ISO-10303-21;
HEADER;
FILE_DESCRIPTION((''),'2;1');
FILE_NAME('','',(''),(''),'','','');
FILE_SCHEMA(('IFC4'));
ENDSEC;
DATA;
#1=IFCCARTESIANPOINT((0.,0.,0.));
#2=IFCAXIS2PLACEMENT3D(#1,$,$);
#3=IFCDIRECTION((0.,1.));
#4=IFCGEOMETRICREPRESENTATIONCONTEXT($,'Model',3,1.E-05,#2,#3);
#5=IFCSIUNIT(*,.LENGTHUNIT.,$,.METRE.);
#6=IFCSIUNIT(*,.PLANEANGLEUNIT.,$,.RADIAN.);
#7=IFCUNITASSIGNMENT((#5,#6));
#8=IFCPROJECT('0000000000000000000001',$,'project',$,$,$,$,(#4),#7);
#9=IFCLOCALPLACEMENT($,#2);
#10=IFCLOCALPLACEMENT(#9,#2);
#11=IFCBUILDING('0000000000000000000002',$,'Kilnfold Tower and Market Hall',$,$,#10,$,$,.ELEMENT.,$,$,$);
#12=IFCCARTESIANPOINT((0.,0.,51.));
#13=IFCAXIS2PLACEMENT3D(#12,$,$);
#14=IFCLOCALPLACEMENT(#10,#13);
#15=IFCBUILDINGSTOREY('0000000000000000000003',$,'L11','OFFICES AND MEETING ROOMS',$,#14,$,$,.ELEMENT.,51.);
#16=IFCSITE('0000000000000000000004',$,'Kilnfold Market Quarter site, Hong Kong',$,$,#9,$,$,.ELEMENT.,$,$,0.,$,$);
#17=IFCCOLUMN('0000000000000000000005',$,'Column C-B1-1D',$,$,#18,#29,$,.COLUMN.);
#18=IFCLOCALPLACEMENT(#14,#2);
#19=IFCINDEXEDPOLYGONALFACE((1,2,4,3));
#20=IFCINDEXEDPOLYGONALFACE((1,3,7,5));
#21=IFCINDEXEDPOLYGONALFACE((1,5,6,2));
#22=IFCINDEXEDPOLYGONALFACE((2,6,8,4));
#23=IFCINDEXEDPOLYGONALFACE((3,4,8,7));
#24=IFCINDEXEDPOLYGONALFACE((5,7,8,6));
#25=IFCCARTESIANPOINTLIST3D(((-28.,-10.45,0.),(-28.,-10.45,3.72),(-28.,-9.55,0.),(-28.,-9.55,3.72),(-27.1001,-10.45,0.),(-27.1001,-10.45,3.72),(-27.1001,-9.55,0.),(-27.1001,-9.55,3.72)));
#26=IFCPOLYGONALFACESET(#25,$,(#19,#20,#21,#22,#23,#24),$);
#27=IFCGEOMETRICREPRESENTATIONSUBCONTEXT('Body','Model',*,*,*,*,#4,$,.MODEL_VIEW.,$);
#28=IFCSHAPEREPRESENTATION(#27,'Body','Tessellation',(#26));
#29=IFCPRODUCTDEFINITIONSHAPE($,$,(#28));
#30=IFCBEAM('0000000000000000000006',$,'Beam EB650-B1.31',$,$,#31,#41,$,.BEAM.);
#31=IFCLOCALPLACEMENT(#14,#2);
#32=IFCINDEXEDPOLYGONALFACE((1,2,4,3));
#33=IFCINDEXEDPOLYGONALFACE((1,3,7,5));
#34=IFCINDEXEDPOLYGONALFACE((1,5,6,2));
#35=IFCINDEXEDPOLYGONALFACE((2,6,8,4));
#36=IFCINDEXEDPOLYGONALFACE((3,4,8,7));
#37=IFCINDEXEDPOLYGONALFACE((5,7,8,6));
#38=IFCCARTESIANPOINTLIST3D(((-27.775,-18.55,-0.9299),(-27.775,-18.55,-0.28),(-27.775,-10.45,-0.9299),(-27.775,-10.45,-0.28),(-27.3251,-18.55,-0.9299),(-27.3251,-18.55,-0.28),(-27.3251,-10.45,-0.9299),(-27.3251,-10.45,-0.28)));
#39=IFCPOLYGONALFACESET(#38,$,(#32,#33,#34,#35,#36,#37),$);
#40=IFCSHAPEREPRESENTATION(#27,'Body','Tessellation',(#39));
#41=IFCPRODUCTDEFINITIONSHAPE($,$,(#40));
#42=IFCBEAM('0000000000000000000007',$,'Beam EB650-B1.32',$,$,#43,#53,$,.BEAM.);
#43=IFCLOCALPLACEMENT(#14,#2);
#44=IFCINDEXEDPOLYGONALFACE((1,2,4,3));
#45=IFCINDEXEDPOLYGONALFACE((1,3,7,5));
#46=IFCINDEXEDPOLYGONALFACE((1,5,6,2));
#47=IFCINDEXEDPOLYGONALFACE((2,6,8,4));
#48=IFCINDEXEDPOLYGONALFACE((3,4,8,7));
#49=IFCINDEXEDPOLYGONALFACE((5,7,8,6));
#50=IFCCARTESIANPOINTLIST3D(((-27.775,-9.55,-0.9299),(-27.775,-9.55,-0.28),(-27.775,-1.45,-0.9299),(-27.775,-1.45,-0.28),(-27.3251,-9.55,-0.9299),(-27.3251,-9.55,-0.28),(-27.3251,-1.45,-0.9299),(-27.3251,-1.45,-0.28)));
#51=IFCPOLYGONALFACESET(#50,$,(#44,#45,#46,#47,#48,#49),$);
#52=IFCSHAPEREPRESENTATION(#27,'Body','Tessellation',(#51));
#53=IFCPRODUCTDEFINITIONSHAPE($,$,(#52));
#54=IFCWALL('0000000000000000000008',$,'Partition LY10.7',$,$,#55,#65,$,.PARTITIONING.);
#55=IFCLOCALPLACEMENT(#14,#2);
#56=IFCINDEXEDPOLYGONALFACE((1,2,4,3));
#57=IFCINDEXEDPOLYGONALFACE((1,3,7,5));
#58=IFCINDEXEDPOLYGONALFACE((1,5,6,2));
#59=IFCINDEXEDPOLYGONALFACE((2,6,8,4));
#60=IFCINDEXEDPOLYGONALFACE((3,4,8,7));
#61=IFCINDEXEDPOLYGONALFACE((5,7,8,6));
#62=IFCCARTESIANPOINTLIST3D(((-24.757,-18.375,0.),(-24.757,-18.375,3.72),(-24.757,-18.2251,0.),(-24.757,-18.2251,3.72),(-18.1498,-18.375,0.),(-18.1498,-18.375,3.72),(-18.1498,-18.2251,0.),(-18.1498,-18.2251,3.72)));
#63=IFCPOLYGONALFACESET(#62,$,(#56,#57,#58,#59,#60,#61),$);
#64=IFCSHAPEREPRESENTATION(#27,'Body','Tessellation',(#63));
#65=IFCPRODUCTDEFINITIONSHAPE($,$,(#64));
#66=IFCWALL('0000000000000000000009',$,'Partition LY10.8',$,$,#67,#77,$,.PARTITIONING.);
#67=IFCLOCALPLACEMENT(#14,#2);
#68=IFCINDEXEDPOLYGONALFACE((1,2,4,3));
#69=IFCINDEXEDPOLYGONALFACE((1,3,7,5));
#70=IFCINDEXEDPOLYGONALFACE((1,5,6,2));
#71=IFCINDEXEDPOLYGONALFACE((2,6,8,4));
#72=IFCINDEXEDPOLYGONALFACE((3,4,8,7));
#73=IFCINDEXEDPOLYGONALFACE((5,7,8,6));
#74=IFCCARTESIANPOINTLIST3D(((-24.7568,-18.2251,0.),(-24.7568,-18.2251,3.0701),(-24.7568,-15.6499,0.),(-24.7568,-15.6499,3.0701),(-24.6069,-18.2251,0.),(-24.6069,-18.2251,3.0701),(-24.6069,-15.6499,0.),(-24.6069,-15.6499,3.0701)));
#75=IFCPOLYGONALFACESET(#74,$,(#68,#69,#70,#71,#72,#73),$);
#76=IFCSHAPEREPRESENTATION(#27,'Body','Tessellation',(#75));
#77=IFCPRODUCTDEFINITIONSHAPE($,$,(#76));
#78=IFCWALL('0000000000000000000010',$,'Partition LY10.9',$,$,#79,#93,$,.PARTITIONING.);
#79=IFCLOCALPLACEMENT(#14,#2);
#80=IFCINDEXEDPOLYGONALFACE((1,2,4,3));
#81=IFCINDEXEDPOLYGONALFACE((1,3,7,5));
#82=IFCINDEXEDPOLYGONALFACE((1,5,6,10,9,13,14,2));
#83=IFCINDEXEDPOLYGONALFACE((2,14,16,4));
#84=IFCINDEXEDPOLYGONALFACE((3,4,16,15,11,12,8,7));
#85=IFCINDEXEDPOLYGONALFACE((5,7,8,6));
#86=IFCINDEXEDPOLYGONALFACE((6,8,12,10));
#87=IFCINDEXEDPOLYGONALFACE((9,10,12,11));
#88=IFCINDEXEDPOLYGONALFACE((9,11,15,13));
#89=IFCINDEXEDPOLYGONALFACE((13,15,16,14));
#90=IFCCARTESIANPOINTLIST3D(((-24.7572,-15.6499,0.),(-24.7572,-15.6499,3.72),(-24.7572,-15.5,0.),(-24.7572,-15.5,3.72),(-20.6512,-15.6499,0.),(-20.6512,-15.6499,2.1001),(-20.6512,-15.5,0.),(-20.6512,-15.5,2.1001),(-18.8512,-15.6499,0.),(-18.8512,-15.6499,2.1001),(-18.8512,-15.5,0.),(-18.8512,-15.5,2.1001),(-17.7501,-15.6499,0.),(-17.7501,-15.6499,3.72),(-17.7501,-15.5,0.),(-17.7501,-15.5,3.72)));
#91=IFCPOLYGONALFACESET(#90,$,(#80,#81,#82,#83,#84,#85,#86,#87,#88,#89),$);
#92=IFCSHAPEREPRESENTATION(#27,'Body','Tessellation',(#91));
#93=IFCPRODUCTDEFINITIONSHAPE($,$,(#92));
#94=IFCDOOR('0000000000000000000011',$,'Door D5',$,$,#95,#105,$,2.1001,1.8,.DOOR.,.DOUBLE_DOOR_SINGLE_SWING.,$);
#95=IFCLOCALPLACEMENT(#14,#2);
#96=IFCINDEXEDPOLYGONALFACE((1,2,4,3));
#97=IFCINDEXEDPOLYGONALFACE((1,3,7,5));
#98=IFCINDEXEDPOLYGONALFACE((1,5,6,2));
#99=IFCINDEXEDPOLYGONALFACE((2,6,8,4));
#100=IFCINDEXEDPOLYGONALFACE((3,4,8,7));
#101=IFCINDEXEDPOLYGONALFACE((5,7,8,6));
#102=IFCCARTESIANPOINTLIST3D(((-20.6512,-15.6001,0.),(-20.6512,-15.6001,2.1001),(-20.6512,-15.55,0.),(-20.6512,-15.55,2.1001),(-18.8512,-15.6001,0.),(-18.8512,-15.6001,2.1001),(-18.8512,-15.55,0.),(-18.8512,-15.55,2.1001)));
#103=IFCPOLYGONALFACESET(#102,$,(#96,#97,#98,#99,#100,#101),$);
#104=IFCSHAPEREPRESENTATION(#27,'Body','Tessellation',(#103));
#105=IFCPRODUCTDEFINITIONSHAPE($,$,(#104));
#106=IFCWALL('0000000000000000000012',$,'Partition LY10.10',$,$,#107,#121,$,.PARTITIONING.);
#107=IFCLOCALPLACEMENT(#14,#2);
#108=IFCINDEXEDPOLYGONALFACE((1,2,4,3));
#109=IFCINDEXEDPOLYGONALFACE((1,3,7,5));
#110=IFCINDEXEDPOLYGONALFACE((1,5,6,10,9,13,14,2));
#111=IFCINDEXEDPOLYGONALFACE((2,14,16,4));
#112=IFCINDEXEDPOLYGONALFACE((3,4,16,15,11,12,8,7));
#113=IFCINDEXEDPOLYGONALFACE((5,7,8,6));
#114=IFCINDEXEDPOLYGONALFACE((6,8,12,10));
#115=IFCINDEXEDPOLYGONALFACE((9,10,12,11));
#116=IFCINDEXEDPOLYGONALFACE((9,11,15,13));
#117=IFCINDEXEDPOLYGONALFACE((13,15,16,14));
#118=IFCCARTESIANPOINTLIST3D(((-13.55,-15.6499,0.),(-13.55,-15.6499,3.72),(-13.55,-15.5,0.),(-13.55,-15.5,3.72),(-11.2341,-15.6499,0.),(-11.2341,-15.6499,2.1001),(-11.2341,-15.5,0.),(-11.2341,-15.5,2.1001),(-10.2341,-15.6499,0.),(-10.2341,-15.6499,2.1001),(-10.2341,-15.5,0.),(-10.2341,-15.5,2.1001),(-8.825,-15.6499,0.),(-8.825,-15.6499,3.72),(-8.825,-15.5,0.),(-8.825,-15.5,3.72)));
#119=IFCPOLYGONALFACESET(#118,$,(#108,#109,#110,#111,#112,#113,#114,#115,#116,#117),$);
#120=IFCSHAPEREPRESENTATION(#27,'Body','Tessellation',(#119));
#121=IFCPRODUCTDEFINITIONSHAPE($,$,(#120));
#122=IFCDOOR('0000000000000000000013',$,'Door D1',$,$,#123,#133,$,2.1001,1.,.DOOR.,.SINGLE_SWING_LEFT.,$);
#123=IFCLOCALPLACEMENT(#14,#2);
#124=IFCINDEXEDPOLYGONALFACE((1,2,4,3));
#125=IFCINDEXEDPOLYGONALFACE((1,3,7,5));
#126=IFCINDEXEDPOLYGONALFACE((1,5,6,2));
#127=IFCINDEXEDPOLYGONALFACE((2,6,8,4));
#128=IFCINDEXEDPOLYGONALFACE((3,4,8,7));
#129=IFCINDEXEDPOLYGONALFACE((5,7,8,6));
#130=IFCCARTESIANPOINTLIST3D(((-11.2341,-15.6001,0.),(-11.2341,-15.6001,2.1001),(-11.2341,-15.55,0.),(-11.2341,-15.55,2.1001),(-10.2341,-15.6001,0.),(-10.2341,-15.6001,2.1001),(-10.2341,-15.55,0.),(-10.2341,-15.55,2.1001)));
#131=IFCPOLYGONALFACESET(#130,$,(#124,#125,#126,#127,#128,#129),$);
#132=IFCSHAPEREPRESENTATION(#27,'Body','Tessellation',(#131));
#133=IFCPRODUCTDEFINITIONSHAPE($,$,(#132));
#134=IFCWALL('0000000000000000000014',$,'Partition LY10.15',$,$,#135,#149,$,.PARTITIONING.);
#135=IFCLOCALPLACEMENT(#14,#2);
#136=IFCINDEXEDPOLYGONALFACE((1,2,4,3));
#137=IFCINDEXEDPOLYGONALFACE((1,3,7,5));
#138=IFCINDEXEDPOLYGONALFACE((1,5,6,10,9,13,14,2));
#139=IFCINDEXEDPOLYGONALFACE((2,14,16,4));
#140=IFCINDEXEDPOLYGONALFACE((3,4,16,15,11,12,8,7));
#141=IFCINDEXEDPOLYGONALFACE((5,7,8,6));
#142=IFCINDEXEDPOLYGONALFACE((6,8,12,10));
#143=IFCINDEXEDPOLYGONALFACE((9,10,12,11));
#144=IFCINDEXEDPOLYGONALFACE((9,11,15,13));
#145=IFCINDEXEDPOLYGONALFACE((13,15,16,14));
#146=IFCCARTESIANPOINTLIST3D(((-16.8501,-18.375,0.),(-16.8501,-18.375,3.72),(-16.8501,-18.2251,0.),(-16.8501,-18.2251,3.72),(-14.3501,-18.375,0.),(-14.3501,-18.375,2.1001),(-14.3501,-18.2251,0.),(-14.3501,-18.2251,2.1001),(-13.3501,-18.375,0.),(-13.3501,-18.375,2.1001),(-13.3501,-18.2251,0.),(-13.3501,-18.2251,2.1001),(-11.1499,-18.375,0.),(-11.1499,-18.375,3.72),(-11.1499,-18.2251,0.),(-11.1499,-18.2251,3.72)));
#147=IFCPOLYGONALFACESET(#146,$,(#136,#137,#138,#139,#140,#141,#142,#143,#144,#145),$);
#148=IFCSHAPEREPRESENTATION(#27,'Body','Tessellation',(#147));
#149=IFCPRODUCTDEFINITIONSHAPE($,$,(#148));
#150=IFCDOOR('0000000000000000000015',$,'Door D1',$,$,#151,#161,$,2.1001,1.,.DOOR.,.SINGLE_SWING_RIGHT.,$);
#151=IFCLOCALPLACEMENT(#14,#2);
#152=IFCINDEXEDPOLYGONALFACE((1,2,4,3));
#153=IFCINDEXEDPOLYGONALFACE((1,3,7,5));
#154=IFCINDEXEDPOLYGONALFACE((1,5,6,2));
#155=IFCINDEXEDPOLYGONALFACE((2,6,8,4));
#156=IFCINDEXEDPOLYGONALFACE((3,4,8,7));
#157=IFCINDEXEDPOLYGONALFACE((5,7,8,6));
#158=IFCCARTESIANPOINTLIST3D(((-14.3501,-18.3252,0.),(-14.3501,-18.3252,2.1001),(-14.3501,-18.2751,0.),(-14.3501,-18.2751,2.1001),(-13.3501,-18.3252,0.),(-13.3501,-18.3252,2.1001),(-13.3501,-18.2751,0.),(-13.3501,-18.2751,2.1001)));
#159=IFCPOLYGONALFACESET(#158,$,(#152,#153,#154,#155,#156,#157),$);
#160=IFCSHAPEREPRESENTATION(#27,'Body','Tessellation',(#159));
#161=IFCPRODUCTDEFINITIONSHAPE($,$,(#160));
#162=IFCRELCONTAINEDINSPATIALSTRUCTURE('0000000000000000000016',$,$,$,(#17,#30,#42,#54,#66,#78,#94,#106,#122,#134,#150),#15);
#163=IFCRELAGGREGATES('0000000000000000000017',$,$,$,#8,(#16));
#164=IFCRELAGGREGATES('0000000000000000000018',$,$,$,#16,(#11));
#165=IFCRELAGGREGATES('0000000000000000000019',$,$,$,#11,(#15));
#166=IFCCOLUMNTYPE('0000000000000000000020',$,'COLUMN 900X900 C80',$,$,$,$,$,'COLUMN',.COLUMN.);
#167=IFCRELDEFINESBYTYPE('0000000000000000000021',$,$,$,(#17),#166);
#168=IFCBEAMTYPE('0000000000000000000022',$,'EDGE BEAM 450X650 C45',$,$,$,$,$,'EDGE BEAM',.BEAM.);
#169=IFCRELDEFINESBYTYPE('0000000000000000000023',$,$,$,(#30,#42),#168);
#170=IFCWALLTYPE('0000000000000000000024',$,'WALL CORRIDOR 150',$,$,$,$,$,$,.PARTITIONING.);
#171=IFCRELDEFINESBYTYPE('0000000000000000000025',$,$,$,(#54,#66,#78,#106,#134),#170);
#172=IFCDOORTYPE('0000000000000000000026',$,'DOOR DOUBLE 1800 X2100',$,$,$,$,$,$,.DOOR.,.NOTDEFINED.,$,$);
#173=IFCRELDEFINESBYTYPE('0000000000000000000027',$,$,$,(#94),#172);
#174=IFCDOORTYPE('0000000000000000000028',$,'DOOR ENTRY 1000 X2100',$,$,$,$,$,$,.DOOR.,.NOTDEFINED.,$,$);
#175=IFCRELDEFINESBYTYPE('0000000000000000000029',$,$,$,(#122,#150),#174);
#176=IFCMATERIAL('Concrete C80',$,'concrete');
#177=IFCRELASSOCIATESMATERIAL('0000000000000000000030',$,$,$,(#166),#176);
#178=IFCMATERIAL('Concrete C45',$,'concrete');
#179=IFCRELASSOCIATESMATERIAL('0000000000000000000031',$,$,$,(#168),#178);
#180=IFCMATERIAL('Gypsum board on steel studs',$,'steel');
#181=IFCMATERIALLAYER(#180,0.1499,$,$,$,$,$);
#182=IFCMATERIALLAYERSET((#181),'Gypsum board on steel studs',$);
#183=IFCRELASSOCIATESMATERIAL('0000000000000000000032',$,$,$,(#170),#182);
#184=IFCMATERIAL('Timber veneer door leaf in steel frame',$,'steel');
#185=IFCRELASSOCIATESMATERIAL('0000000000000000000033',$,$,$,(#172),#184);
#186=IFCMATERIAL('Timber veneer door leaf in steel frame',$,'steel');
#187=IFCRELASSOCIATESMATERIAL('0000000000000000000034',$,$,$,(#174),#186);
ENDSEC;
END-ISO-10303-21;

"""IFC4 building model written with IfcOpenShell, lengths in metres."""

from ifc_helpers import new_model, si_unit, direction, frame, frame_2d, origin, origin_2d, place, context, subcontext, project, spatial, rectangle, extrude, source, transform, mapped, material, layer, layer_set, material_profile, profile_set, type_object, element, fill, save


model = new_model("IFC4")

# Units and contexts
model_context = context("Model", 3, precision=1e-05, world=origin(), true_north=direction((0.0, 1.0)))
body_context = subcontext(model_context, "Body", "Model", "MODEL_VIEW")
ifc_project = project(units=[si_unit("LENGTHUNIT", "METRE"), si_unit("PLANEANGLEUNIT", "RADIAN")], contexts=[model_context])

# Site, building, storey
site_placement = place(None, origin())
site = spatial("IfcSite", under=ifc_project, at=site_placement, Name="Kilnfold Market Quarter site, Hong Kong", CompositionType="ELEMENT", RefElevation=0.0)
building_placement = place(site_placement, origin())
building = spatial("IfcBuilding", under=site, at=building_placement, Name="Kilnfold Tower and Market Hall", CompositionType="ELEMENT")
storey_placement = place(building_placement, frame((0.0, 0.0, 51.0)))
storey = spatial("IfcBuildingStorey", under=building, at=storey_placement, Name="L11", Description="OFFICES AND MEETING ROOMS", CompositionType="ELEMENT", Elevation=51.0)

# Column
ifc_material_1 = material(Name="Concrete C80", Category="concrete")
ifc_material_profile_1 = material_profile(ifc_material_1, rectangle(XDim=0.8999, YDim=0.8999, at=origin_2d()), Name="RC 900x900")
ifc_profile_set_1 = profile_set([ifc_material_profile_1], Name="Concrete C80")
column_type = type_object("IfcColumnType", Name="COLUMN 900X900 C80", ElementType="COLUMN", PredefinedType="COLUMN", material=ifc_profile_set_1)
shared_shape_1 = source(origin(), body_context, "Body", "SweptSolid", [
    extrude(rectangle(XDim=0.8999, YDim=0.8999, at=origin_2d()), origin(), (0.0, 0.0, 1.0), 3.72),
])
column_placement = place(storey_placement, frame((-27.55, -10.0, 0.0), z_axis=(0.0, 0.0, 1.0), x_axis=(1.0, 0.0, 0.0)))
element("IfcColumn", 1, at=column_placement, inside=storey, type_object=column_type, Name="Column C-B1-1D", PredefinedType="COLUMN", context=body_context, shape_type="MappedRepresentation", body=[
    mapped(shared_shape_1, transform((0.0, 0.0, 0.0))),
])

# Beams
ifc_material_2 = material(Name="Concrete C45", Category="concrete")
ifc_material_profile_2 = material_profile(ifc_material_2, rectangle(XDim=0.45, YDim=0.6499, at=origin_2d()), Name="RC 450x650")
ifc_profile_set_2 = profile_set([ifc_material_profile_2], Name="Concrete C45")
beam_type = type_object("IfcBeamType", Name="EDGE BEAM 450X650 C45", ElementType="EDGE BEAM", PredefinedType="BEAM", material=ifc_profile_set_2)
shared_shape_2 = source(origin(), body_context, "Body", "SweptSolid", [
    extrude(rectangle(XDim=0.45, YDim=0.6499, at=origin_2d()), origin(), (0.0, 0.0, 1.0), 8.1001),
])
for number, where, z_axis, x_axis, name in (
    (2, (-27.55, -18.55, -0.605), (0.0, 1.0, 0.0), (-1.0, 0.0, 0.0), "Beam EB650-B1.31"),
    (3, (-27.55, -9.55, -0.605), (0.0, 1.0, 0.0), (-1.0, 0.0, 0.0), "Beam EB650-B1.32"),
):
    element("IfcBeam", number, at=place(storey_placement, frame(where, z_axis=z_axis, x_axis=x_axis)), inside=storey, type_object=beam_type, Name=name, PredefinedType="BEAM", context=body_context, shape_type="MappedRepresentation", body=[
        mapped(shared_shape_2, transform((0.0, 0.0, 0.0))),
    ])

# Walls
ifc_material_3 = material(Name="Gypsum board on steel studs", Category="steel")
ifc_layer_1 = layer(ifc_material_3, 0.1499)
ifc_layer_set_1 = layer_set([ifc_layer_1], Name="Gypsum board on steel studs")
wall_type_1 = type_object("IfcWallType", Name="WALL CORRIDOR 150", PredefinedType="PARTITIONING", material=ifc_layer_set_1)
wall_1_placement = place(storey_placement, frame((-24.7571, -18.3, 0.0), z_axis=(0.0, 0.0, 1.0), x_axis=(1.0, 0.0, 0.0)))
element("IfcWall", 4, at=wall_1_placement, inside=storey, type_object=wall_type_1, Name="Partition LY10.7", PredefinedType="PARTITIONING", context=body_context, shape_type="SweptSolid", body=[
    extrude(rectangle(XDim=6.6072, YDim=0.1499, at=frame_2d((3.3037, 0.0))), origin(), (0.0, 0.0, 1.0), 3.72),
])
wall_2_placement = place(storey_placement, frame((-24.6819, -15.6499, 0.0), z_axis=(0.0, 0.0, 1.0), x_axis=(0.0, -1.0, 0.0)))
element("IfcWall", 5, at=wall_2_placement, inside=storey, type_object=wall_type_1, Name="Partition LY10.8", PredefinedType="PARTITIONING", context=body_context, shape_type="SweptSolid", body=[
    extrude(rectangle(XDim=2.5752, YDim=0.1499, at=frame_2d((1.2876, 0.0))), origin(), (0.0, 0.0, 1.0), 3.0701),
])

# Walls, openings, doors
wall_3_placement = place(storey_placement, frame((-24.7571, -15.575, 0.0), z_axis=(0.0, 0.0, 1.0), x_axis=(1.0, 0.0, 0.0)))
wall_3 = element("IfcWall", 6, at=wall_3_placement, inside=storey, type_object=wall_type_1, Name="Partition LY10.9", PredefinedType="PARTITIONING", context=body_context, shape_type="SweptSolid", body=[
    extrude(rectangle(XDim=7.0071, YDim=0.1499, at=frame_2d((3.5034, 0.0))), origin(), (0.0, 0.0, 1.0), 3.72),
])
opening_1_placement = place(wall_3_placement, frame((4.106, 0.0, 0.0)))
opening_1 = element("IfcOpeningElement", 7, at=opening_1_placement, cuts=wall_3, PredefinedType="OPENING", context=body_context, shape_type="SweptSolid", body=[
    extrude(rectangle(XDim=1.8, YDim=2.1001, at=frame_2d((0.8999, 1.05))), frame((0.0, 0.085, 0.0), z_axis=(0.0, -1.0, 0.0), x_axis=(1.0, 0.0, 0.0)), (0.0, 0.0, 1.0), 0.1699),
])
ifc_material_4 = material(Name="Timber veneer door leaf in steel frame", Category="steel")
door_type_1 = type_object("IfcDoorType", Name="DOOR DOUBLE 1800 X2100", OperationType="NOTDEFINED", PredefinedType="DOOR", material=ifc_material_4)
door_1_placement = place(opening_1_placement, origin())
door_1 = element("IfcDoor", 8, at=door_1_placement, inside=storey, type_object=door_type_1, Name="Door D5", OperationType="DOUBLE_DOOR_SINGLE_SWING", OverallHeight=2.1001, OverallWidth=1.8, PredefinedType="DOOR", context=body_context, shape_type="SweptSolid", body=[
    extrude(rectangle(XDim=1.8, YDim=2.1001, at=frame_2d((0.8999, 1.05))), frame((0.0, 0.0249, 0.0), z_axis=(0.0, -1.0, 0.0), x_axis=(1.0, 0.0, 0.0)), (0.0, 0.0, 1.0), 0.05),
])
fill(opening_1, door_1)
wall_4_placement = place(storey_placement, frame((-13.55, -15.575, 0.0), z_axis=(0.0, 0.0, 1.0), x_axis=(1.0, 0.0, 0.0)))
wall_4 = element("IfcWall", 9, at=wall_4_placement, inside=storey, type_object=wall_type_1, Name="Partition LY10.10", PredefinedType="PARTITIONING", context=body_context, shape_type="SweptSolid", body=[
    extrude(rectangle(XDim=4.7251, YDim=0.1499, at=frame_2d((2.3625, 0.0))), origin(), (0.0, 0.0, 1.0), 3.72),
])
opening_2_placement = place(wall_4_placement, frame((2.3159, 0.0, 0.0)))
opening_2 = element("IfcOpeningElement", 10, at=opening_2_placement, cuts=wall_4, PredefinedType="OPENING", context=body_context, shape_type="SweptSolid", body=[
    extrude(rectangle(XDim=1.0, YDim=2.1001, at=frame_2d((0.5, 1.05))), frame((0.0, 0.085, 0.0), z_axis=(0.0, -1.0, 0.0), x_axis=(1.0, 0.0, 0.0)), (0.0, 0.0, 1.0), 0.1699),
])
ifc_material_5 = material(Name="Timber veneer door leaf in steel frame", Category="steel")
door_type_2 = type_object("IfcDoorType", Name="DOOR ENTRY 1000 X2100", OperationType="NOTDEFINED", PredefinedType="DOOR", material=ifc_material_5)
door_2_placement = place(opening_2_placement, origin())
door_2 = element("IfcDoor", 11, at=door_2_placement, inside=storey, type_object=door_type_2, Name="Door D1", OperationType="SINGLE_SWING_LEFT", OverallHeight=2.1001, OverallWidth=1.0, PredefinedType="DOOR", context=body_context, shape_type="SweptSolid", body=[
    extrude(rectangle(XDim=1.0, YDim=2.1001, at=frame_2d((0.5, 1.05))), frame((0.0, 0.0249, 0.0), z_axis=(0.0, -1.0, 0.0), x_axis=(1.0, 0.0, 0.0)), (0.0, 0.0, 1.0), 0.05),
])
fill(opening_2, door_2)
wall_5_placement = place(storey_placement, frame((-16.8501, -18.3, 0.0), z_axis=(0.0, 0.0, 1.0), x_axis=(1.0, 0.0, 0.0)))
wall_5 = element("IfcWall", 12, at=wall_5_placement, inside=storey, type_object=wall_type_1, Name="Partition LY10.15", PredefinedType="PARTITIONING", context=body_context, shape_type="SweptSolid", body=[
    extrude(rectangle(XDim=5.7002, YDim=0.1499, at=frame_2d((2.8501, 0.0))), origin(), (0.0, 0.0, 1.0), 3.72),
])
opening_3_placement = place(wall_5_placement, frame((2.5, 0.0, 0.0)))
opening_3 = element("IfcOpeningElement", 13, at=opening_3_placement, cuts=wall_5, PredefinedType="OPENING", context=body_context, shape_type="SweptSolid", body=[
    extrude(rectangle(XDim=1.0, YDim=2.1001, at=frame_2d((0.5, 1.05))), frame((0.0, 0.085, 0.0), z_axis=(0.0, -1.0, 0.0), x_axis=(1.0, 0.0, 0.0)), (0.0, 0.0, 1.0), 0.1699),
])
door_3_placement = place(opening_3_placement, origin())
door_3 = element("IfcDoor", 14, at=door_3_placement, inside=storey, type_object=door_type_2, Name="Door D1", OperationType="SINGLE_SWING_RIGHT", OverallHeight=2.1001, OverallWidth=1.0, PredefinedType="DOOR", context=body_context, shape_type="SweptSolid", body=[
    extrude(rectangle(XDim=1.0, YDim=2.1001, at=frame_2d((0.5, 1.05))), frame((0.0, 0.0249, 0.0), z_axis=(0.0, -1.0, 0.0), x_axis=(1.0, 0.0, 0.0)), (0.0, 0.0, 1.0), 0.05),
])
fill(opening_3, door_3)

save(model, "model.ifc")
